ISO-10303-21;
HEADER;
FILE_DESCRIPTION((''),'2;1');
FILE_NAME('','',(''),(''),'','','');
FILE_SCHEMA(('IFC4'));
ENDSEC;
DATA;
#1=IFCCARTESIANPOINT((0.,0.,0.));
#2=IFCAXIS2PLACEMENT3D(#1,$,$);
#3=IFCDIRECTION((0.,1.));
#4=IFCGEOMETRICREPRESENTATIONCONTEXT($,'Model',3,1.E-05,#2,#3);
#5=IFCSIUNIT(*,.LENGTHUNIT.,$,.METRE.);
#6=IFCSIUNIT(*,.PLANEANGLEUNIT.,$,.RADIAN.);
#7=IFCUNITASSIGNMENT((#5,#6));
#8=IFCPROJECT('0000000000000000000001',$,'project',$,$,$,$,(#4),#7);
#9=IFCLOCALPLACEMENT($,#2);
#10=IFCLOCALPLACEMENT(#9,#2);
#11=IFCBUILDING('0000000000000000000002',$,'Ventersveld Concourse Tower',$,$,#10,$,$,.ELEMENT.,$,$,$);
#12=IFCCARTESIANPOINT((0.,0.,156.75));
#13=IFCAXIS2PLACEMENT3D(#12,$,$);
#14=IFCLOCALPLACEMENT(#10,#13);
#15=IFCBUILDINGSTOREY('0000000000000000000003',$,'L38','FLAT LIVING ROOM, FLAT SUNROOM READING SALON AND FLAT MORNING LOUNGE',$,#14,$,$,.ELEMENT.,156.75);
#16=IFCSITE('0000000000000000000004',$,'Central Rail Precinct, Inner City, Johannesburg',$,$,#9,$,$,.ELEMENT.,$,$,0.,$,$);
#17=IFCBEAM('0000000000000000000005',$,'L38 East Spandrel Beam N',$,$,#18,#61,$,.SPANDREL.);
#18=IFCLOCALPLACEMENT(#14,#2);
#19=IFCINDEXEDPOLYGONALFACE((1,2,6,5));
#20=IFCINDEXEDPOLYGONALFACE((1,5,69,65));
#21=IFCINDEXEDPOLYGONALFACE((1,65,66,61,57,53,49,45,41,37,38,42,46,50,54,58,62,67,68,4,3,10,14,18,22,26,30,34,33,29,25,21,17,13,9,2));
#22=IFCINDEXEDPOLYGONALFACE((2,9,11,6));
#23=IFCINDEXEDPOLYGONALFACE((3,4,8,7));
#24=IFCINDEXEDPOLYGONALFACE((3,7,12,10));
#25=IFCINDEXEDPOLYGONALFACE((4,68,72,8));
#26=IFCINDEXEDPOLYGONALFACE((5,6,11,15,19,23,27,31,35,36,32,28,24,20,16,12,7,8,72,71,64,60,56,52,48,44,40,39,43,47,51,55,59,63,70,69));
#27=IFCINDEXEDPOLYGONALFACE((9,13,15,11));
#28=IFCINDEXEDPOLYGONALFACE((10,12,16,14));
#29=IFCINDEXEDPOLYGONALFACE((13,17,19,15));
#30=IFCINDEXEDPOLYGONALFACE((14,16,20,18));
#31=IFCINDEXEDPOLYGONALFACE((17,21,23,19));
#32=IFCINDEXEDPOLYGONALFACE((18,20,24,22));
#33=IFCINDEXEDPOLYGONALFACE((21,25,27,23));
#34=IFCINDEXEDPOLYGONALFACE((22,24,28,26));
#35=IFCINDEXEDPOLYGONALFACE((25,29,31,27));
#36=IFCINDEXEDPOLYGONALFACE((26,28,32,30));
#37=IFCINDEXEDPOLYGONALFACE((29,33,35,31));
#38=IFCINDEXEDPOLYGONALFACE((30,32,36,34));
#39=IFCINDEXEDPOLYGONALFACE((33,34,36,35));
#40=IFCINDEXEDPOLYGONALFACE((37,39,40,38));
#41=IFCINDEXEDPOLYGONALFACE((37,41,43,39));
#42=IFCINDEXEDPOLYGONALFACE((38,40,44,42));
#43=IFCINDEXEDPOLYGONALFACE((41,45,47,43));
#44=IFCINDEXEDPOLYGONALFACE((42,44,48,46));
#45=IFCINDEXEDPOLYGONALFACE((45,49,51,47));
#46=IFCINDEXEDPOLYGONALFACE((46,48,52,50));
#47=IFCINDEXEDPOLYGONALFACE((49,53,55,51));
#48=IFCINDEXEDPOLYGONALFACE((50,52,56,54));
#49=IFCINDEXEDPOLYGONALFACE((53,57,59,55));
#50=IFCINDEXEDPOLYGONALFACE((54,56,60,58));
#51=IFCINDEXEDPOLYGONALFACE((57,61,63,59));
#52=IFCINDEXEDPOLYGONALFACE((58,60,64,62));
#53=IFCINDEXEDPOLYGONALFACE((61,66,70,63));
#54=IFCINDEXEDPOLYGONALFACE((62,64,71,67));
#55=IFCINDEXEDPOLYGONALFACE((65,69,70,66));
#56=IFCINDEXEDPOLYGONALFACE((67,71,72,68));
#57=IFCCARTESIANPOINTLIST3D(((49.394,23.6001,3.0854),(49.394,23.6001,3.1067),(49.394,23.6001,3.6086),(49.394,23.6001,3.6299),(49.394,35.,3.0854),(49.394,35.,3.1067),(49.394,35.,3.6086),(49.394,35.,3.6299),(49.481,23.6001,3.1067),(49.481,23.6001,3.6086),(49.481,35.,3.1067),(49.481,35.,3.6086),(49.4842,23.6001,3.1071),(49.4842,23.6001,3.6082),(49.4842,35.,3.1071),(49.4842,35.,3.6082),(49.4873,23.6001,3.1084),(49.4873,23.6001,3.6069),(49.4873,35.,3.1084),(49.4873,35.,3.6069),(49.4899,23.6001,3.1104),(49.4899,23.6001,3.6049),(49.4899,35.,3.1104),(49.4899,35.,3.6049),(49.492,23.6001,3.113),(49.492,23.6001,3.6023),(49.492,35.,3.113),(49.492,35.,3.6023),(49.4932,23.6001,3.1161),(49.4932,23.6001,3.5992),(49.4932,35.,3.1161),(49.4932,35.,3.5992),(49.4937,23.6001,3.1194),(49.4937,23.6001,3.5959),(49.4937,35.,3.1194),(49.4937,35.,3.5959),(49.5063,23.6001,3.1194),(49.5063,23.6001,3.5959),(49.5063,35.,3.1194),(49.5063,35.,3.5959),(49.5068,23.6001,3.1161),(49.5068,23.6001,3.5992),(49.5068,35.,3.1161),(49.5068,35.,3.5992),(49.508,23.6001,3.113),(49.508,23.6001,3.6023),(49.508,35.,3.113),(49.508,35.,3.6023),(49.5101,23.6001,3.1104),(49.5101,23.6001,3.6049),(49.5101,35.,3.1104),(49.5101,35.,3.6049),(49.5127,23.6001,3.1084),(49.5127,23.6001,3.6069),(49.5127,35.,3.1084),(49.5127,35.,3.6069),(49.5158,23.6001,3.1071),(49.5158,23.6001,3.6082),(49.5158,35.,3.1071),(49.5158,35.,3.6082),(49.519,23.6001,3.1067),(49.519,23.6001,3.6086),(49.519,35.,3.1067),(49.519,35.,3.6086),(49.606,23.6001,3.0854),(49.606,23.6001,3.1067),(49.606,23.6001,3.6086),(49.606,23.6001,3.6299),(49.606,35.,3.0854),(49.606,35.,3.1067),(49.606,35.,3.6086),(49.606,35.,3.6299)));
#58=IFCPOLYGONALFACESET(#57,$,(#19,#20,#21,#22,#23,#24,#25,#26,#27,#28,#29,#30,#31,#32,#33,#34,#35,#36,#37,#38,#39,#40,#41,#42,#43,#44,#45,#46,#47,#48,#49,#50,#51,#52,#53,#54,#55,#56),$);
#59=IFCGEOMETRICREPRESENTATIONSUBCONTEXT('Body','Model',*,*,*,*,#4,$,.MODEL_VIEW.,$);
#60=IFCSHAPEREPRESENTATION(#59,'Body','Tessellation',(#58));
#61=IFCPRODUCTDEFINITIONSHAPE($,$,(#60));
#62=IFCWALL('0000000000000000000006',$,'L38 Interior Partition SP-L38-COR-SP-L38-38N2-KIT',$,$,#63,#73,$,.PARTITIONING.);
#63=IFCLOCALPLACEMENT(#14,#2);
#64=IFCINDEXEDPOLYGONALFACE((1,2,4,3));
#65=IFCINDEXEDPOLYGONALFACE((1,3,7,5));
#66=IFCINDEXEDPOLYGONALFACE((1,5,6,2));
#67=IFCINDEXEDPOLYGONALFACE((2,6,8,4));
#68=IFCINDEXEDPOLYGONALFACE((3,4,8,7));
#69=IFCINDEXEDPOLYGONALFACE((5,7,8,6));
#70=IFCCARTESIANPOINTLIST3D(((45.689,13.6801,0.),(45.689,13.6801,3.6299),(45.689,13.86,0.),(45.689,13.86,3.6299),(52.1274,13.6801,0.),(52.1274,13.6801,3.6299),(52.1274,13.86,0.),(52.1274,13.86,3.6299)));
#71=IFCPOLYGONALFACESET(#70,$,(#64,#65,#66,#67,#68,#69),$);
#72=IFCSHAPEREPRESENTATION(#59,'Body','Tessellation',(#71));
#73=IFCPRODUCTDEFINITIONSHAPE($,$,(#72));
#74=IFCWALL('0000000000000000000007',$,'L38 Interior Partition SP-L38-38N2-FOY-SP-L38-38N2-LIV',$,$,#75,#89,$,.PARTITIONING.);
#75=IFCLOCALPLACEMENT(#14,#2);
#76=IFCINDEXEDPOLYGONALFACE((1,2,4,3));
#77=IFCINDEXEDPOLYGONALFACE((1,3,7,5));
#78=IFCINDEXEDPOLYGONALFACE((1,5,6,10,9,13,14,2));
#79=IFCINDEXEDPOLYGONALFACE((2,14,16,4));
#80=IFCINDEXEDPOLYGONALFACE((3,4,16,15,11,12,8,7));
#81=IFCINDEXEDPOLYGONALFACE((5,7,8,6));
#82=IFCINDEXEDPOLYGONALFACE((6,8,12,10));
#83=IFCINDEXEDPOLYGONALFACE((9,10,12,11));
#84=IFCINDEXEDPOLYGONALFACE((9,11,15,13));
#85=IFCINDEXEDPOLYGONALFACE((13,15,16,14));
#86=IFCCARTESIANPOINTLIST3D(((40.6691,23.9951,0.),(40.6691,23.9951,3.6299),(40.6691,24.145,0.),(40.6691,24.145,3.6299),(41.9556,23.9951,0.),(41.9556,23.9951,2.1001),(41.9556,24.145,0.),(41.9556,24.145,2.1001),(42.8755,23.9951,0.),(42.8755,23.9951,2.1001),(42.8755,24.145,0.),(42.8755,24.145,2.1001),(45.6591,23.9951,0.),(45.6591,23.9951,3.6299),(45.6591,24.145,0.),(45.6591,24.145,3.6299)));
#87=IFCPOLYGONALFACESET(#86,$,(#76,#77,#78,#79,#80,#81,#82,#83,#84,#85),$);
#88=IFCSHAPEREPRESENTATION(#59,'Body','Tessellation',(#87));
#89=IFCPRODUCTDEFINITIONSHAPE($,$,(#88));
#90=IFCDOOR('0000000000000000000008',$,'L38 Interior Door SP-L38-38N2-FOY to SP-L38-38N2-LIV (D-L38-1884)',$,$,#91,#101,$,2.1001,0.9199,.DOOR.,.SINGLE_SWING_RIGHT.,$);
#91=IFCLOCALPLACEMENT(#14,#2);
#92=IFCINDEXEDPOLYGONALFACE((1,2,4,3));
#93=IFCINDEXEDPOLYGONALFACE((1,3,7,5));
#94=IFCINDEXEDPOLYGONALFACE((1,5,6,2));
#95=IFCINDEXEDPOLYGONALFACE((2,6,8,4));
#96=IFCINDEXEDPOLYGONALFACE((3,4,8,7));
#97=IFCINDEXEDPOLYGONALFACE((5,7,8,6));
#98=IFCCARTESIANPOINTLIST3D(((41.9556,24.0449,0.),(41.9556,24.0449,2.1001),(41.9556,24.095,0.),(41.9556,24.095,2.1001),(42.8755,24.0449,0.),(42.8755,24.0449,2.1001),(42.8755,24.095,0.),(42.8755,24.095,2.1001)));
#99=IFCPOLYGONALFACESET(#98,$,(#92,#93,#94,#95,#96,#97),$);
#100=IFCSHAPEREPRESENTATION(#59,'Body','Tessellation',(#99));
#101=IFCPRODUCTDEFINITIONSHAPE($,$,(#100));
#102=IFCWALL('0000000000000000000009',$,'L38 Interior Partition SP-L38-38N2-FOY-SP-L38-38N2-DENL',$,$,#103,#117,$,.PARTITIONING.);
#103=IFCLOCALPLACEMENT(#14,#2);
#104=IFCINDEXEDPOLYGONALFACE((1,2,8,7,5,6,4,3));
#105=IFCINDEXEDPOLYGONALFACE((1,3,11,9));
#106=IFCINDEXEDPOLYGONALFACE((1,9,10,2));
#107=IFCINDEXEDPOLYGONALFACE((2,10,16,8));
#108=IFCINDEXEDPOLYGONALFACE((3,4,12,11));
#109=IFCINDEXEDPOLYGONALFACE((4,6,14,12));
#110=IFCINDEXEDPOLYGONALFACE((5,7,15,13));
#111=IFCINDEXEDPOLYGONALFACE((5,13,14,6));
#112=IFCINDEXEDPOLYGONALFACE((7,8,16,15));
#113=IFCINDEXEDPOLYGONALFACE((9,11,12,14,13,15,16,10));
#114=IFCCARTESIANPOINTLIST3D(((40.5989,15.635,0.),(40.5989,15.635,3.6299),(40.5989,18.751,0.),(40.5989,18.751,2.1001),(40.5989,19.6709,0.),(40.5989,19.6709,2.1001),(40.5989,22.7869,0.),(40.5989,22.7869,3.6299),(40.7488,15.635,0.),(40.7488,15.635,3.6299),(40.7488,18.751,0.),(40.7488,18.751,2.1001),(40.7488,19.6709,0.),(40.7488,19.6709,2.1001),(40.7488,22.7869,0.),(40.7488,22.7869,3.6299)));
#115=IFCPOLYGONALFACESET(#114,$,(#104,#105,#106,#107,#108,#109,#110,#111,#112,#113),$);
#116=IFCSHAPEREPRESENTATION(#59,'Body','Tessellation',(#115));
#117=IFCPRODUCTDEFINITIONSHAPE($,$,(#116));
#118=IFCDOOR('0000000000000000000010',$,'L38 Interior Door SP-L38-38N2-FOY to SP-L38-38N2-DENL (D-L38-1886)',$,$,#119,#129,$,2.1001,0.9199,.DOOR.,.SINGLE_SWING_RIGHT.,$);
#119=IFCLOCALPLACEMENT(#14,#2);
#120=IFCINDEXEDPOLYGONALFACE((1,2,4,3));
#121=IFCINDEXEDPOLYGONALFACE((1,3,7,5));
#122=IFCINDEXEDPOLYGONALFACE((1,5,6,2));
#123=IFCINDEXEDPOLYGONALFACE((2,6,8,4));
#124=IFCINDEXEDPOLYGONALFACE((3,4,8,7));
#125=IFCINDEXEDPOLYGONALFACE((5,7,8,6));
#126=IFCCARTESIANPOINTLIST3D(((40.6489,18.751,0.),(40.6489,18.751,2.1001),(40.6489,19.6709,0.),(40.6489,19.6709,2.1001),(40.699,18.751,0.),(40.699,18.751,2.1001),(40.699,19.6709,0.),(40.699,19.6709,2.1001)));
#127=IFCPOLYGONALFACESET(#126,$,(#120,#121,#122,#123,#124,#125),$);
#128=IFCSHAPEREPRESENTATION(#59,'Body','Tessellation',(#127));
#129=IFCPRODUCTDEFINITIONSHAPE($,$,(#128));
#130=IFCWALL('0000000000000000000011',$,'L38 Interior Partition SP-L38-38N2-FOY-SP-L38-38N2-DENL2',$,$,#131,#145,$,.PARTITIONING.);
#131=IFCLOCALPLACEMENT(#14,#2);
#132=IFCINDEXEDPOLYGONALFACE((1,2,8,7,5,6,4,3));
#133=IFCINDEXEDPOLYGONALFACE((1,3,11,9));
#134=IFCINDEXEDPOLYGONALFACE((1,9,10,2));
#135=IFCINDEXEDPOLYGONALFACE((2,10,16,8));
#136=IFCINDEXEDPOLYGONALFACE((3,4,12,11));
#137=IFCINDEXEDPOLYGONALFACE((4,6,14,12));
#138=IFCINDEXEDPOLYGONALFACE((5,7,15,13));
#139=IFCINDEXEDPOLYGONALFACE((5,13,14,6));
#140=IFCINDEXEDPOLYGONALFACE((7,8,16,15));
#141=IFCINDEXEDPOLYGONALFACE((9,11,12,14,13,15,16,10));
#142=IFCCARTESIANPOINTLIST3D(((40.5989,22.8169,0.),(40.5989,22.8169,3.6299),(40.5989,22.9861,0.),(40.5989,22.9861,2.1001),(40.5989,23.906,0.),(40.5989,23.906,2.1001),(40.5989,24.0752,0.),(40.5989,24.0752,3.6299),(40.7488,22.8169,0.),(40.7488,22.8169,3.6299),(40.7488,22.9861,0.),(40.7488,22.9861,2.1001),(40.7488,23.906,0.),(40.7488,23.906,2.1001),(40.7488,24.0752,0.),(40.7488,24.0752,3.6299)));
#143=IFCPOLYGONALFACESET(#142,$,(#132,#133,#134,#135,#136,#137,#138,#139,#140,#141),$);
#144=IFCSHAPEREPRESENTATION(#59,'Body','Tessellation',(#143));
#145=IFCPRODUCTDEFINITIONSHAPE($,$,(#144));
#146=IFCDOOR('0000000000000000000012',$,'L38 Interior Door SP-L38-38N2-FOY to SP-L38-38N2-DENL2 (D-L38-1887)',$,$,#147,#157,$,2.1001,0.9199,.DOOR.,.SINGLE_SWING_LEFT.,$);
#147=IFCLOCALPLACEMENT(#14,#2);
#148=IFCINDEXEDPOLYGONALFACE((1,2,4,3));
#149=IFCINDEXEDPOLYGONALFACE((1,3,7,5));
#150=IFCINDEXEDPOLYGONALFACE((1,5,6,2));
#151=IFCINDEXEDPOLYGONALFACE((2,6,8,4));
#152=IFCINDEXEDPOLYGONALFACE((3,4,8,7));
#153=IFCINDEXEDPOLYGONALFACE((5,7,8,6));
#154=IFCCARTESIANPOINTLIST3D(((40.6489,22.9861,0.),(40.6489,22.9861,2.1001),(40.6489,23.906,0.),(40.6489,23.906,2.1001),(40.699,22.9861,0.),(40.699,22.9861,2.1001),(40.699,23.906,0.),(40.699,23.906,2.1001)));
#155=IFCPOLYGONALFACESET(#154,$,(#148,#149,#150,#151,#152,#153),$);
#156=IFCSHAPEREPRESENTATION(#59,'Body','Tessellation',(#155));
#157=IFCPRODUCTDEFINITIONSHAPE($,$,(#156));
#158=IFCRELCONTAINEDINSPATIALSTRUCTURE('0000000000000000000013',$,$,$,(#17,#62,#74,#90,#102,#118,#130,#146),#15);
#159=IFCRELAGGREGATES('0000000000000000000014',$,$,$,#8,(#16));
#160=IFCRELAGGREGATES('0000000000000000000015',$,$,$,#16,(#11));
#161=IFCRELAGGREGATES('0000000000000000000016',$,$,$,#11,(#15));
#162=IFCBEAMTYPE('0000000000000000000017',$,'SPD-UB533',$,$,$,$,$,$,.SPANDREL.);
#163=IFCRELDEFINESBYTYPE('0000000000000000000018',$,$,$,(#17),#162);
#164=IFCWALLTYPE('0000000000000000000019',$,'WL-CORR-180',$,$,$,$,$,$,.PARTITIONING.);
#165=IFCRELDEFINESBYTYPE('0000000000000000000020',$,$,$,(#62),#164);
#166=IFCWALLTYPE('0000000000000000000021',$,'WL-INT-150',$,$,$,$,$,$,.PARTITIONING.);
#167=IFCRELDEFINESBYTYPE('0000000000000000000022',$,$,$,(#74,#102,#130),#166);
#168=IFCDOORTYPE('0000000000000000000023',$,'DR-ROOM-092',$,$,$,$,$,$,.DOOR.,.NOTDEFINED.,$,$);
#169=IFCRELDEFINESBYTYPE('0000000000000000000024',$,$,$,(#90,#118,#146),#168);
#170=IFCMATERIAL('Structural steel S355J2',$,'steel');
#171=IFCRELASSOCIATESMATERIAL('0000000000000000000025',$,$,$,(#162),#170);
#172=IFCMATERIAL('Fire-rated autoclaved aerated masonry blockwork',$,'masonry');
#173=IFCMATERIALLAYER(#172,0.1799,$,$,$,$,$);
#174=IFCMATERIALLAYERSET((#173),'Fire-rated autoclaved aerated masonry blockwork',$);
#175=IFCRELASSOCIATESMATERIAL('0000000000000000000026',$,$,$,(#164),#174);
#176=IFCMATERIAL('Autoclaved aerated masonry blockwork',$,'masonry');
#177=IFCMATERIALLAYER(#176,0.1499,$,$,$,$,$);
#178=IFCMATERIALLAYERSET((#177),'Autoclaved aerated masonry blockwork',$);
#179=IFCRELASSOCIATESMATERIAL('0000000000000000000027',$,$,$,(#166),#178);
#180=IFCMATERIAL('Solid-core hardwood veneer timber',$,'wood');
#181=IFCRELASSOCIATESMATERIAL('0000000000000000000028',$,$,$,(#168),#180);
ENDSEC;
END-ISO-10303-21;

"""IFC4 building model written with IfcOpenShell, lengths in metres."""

from ifc_helpers import new_model, si_unit, direction, frame, frame_2d, origin, origin_2d, place, context, subcontext, project, spatial, rectangle, i_section, extrude, material, layer, layer_set, material_profile, profile_set, type_object, element, fill, save


model = new_model("IFC4")

# Units and contexts
model_context = context("Model", 3, precision=1e-05, world=origin(), true_north=direction((0.0, 1.0)))
body_context = subcontext(model_context, "Body", "Model", "MODEL_VIEW")
ifc_project = project(units=[si_unit("LENGTHUNIT", "METRE"), si_unit("PLANEANGLEUNIT", "RADIAN")], contexts=[model_context])

# Site, building, storey
site_placement = place(None, origin())
site = spatial("IfcSite", under=ifc_project, at=site_placement, Name="Central Rail Precinct, Inner City, Johannesburg", CompositionType="ELEMENT", RefElevation=0.0)
building_placement = place(site_placement, origin())
building = spatial("IfcBuilding", under=site, at=building_placement, Name="Ventersveld Concourse Tower", CompositionType="ELEMENT")
storey_placement = place(building_placement, frame((0.0, 0.0, 156.75)))
storey = spatial("IfcBuildingStorey", under=building, at=storey_placement, Name="L38", Description="FLAT LIVING ROOM, FLAT SUNROOM READING SALON AND FLAT MORNING LOUNGE", CompositionType="ELEMENT", Elevation=156.75)

# Beam
ifc_material_1 = material(Name="Structural steel S355J2", Category="steel")
ifc_material_profile_1 = material_profile(ifc_material_1, i_section(OverallWidth=0.2119, OverallDepth=0.5444, WebThickness=0.0127, FlangeThickness=0.0212, FilletRadius=0.0127, at=origin_2d()), Name="UB 533x210x122")
ifc_profile_set_1 = profile_set([ifc_material_profile_1], Name="Structural steel S355J2")
beam_type_1 = type_object("IfcBeamType", Name="SPD-UB533", PredefinedType="SPANDREL", material=ifc_profile_set_1)
beam_1_placement = place(storey_placement, frame((49.5, 23.6001, 3.3577), z_axis=(0.0, 1.0, 0.0), x_axis=(-1.0, 0.0, 0.0)))
element("IfcBeam", 1, at=beam_1_placement, inside=storey, type_object=beam_type_1, Name="L38 East Spandrel Beam N", PredefinedType="SPANDREL", context=body_context, shape_type="SweptSolid", body=[
    extrude(i_section(OverallWidth=0.2119, OverallDepth=0.5444, WebThickness=0.0127, FlangeThickness=0.0212, FilletRadius=0.0127, at=origin_2d()), origin(), (0.0, 0.0, 1.0), 11.3999),
])

# Shared definitions
ifc_material_2 = material(Name="Fire-rated autoclaved aerated masonry blockwork", Category="masonry")
ifc_layer_1 = layer(ifc_material_2, 0.1799)
ifc_layer_set_1 = layer_set([ifc_layer_1], Name="Fire-rated autoclaved aerated masonry blockwork")
wall_type_1 = type_object("IfcWallType", Name="WL-CORR-180", PredefinedType="PARTITIONING", material=ifc_layer_set_1)
ifc_material_3 = material(Name="Solid-core hardwood veneer timber", Category="wood")

# Wall
wall_1_placement = place(storey_placement, frame((45.689, 13.77, 0.0), z_axis=(0.0, 0.0, 1.0), x_axis=(1.0, 0.0, 0.0)))
element("IfcWall", 2, at=wall_1_placement, inside=storey, type_object=wall_type_1, Name="L38 Interior Partition SP-L38-COR-SP-L38-38N2-KIT", PredefinedType="PARTITIONING", context=body_context, shape_type="SweptSolid", body=[
    extrude(rectangle(XDim=6.4385, YDim=0.1799, at=frame_2d((3.2192, 0.0))), origin(), (0.0, 0.0, 1.0), 3.6299),
])

# Walls, openings, doors
ifc_material_4 = material(Name="Autoclaved aerated masonry blockwork", Category="masonry")
ifc_layer_2 = layer(ifc_material_4, 0.1499)
ifc_layer_set_2 = layer_set([ifc_layer_2], Name="Autoclaved aerated masonry blockwork")
wall_type_2 = type_object("IfcWallType", Name="WL-INT-150", PredefinedType="PARTITIONING", material=ifc_layer_set_2)
wall_2_placement = place(storey_placement, frame((40.6689, 24.0701, 0.0), z_axis=(0.0, 0.0, 1.0), x_axis=(1.0, 0.0, 0.0)))
wall_2 = element("IfcWall", 3, at=wall_2_placement, inside=storey, type_object=wall_type_2, Name="L38 Interior Partition SP-L38-38N2-FOY-SP-L38-38N2-LIV", PredefinedType="PARTITIONING", context=body_context, shape_type="SweptSolid", body=[
    extrude(rectangle(XDim=4.99, YDim=0.1499, at=frame_2d((2.4951, 0.0))), origin(), (0.0, 0.0, 1.0), 3.6299),
])
opening_1_placement = place(wall_2_placement, frame((1.2866, 0.0, 0.0)))
opening_1 = element("IfcOpeningElement", 4, at=opening_1_placement, cuts=wall_2, PredefinedType="OPENING", context=body_context, shape_type="SweptSolid", body=[
    extrude(rectangle(XDim=0.9199, YDim=2.1001, at=frame_2d((0.46, 1.05))), frame((0.0, 0.085, 0.0), z_axis=(0.0, -1.0, 0.0), x_axis=(1.0, 0.0, 0.0)), (0.0, 0.0, 1.0), 0.1699),
])
door_type_1 = type_object("IfcDoorType", Name="DR-ROOM-092", OperationType="NOTDEFINED", PredefinedType="DOOR", material=ifc_material_3)
door_1_placement = place(opening_1_placement, origin())
door_1 = element("IfcDoor", 5, at=door_1_placement, inside=storey, type_object=door_type_1, Name="L38 Interior Door SP-L38-38N2-FOY to SP-L38-38N2-LIV (D-L38-1884)", OperationType="SINGLE_SWING_RIGHT", OverallHeight=2.1001, OverallWidth=0.9199, PredefinedType="DOOR", context=body_context, shape_type="SweptSolid", body=[
    extrude(rectangle(XDim=0.9199, YDim=2.1001, at=frame_2d((0.46, 1.05))), frame((0.0, 0.0249, 0.0), z_axis=(0.0, -1.0, 0.0), x_axis=(1.0, 0.0, 0.0)), (0.0, 0.0, 1.0), 0.05),
])
fill(opening_1, door_1)
wall_3_placement = place(storey_placement, frame((40.6738, 15.635, 0.0), z_axis=(0.0, 0.0, 1.0), x_axis=(0.0, 1.0, 0.0)))
wall_3 = element("IfcWall", 6, at=wall_3_placement, inside=storey, type_object=wall_type_2, Name="L38 Interior Partition SP-L38-38N2-FOY-SP-L38-38N2-DENL", PredefinedType="PARTITIONING", context=body_context, shape_type="SweptSolid", body=[
    extrude(rectangle(XDim=7.1519, YDim=0.1499, at=frame_2d((3.5759, 0.0))), origin(), (0.0, 0.0, 1.0), 3.6299),
])
opening_2_placement = place(wall_3_placement, frame((3.116, 0.0, 0.0)))
opening_2 = element("IfcOpeningElement", 7, at=opening_2_placement, cuts=wall_3, PredefinedType="OPENING", context=body_context, shape_type="SweptSolid", body=[
    extrude(rectangle(XDim=0.9199, YDim=2.1001, at=frame_2d((0.46, 1.05))), frame((0.0, 0.085, 0.0), z_axis=(0.0, -1.0, 0.0), x_axis=(1.0, 0.0, 0.0)), (0.0, 0.0, 1.0), 0.1699),
])
door_2_placement = place(opening_2_placement, origin())
door_2 = element("IfcDoor", 8, at=door_2_placement, inside=storey, type_object=door_type_1, Name="L38 Interior Door SP-L38-38N2-FOY to SP-L38-38N2-DENL (D-L38-1886)", OperationType="SINGLE_SWING_RIGHT", OverallHeight=2.1001, OverallWidth=0.9199, PredefinedType="DOOR", context=body_context, shape_type="SweptSolid", body=[
    extrude(rectangle(XDim=0.9199, YDim=2.1001, at=frame_2d((0.46, 1.05))), frame((0.0, 0.0249, 0.0), z_axis=(0.0, -1.0, 0.0), x_axis=(1.0, 0.0, 0.0)), (0.0, 0.0, 1.0), 0.05),
])
fill(opening_2, door_2)
wall_4_placement = place(storey_placement, frame((40.6738, 22.8169, 0.0), z_axis=(0.0, 0.0, 1.0), x_axis=(0.0, 1.0, 0.0)))
wall_4 = element("IfcWall", 9, at=wall_4_placement, inside=storey, type_object=wall_type_2, Name="L38 Interior Partition SP-L38-38N2-FOY-SP-L38-38N2-DENL2", PredefinedType="PARTITIONING", context=body_context, shape_type="SweptSolid", body=[
    extrude(rectangle(XDim=1.2583, YDim=0.1499, at=frame_2d((0.6292, 0.0))), origin(), (0.0, 0.0, 1.0), 3.6299),
])
opening_3_placement = place(wall_4_placement, frame((0.1692, 0.0, 0.0)))
opening_3 = element("IfcOpeningElement", 10, at=opening_3_placement, cuts=wall_4, PredefinedType="OPENING", context=body_context, shape_type="SweptSolid", body=[
    extrude(rectangle(XDim=0.9199, YDim=2.1001, at=frame_2d((0.46, 1.05))), frame((0.0, 0.085, 0.0), z_axis=(0.0, -1.0, 0.0), x_axis=(1.0, 0.0, 0.0)), (0.0, 0.0, 1.0), 0.1699),
])
door_3_placement = place(opening_3_placement, origin())
door_3 = element("IfcDoor", 11, at=door_3_placement, inside=storey, type_object=door_type_1, Name="L38 Interior Door SP-L38-38N2-FOY to SP-L38-38N2-DENL2 (D-L38-1887)", OperationType="SINGLE_SWING_LEFT", OverallHeight=2.1001, OverallWidth=0.9199, PredefinedType="DOOR", context=body_context, shape_type="SweptSolid", body=[
    extrude(rectangle(XDim=0.9199, YDim=2.1001, at=frame_2d((0.46, 1.05))), frame((0.0, 0.0249, 0.0), z_axis=(0.0, -1.0, 0.0), x_axis=(1.0, 0.0, 0.0)), (0.0, 0.0, 1.0), 0.05),
])
fill(opening_3, door_3)

save(model, "model.ifc")
